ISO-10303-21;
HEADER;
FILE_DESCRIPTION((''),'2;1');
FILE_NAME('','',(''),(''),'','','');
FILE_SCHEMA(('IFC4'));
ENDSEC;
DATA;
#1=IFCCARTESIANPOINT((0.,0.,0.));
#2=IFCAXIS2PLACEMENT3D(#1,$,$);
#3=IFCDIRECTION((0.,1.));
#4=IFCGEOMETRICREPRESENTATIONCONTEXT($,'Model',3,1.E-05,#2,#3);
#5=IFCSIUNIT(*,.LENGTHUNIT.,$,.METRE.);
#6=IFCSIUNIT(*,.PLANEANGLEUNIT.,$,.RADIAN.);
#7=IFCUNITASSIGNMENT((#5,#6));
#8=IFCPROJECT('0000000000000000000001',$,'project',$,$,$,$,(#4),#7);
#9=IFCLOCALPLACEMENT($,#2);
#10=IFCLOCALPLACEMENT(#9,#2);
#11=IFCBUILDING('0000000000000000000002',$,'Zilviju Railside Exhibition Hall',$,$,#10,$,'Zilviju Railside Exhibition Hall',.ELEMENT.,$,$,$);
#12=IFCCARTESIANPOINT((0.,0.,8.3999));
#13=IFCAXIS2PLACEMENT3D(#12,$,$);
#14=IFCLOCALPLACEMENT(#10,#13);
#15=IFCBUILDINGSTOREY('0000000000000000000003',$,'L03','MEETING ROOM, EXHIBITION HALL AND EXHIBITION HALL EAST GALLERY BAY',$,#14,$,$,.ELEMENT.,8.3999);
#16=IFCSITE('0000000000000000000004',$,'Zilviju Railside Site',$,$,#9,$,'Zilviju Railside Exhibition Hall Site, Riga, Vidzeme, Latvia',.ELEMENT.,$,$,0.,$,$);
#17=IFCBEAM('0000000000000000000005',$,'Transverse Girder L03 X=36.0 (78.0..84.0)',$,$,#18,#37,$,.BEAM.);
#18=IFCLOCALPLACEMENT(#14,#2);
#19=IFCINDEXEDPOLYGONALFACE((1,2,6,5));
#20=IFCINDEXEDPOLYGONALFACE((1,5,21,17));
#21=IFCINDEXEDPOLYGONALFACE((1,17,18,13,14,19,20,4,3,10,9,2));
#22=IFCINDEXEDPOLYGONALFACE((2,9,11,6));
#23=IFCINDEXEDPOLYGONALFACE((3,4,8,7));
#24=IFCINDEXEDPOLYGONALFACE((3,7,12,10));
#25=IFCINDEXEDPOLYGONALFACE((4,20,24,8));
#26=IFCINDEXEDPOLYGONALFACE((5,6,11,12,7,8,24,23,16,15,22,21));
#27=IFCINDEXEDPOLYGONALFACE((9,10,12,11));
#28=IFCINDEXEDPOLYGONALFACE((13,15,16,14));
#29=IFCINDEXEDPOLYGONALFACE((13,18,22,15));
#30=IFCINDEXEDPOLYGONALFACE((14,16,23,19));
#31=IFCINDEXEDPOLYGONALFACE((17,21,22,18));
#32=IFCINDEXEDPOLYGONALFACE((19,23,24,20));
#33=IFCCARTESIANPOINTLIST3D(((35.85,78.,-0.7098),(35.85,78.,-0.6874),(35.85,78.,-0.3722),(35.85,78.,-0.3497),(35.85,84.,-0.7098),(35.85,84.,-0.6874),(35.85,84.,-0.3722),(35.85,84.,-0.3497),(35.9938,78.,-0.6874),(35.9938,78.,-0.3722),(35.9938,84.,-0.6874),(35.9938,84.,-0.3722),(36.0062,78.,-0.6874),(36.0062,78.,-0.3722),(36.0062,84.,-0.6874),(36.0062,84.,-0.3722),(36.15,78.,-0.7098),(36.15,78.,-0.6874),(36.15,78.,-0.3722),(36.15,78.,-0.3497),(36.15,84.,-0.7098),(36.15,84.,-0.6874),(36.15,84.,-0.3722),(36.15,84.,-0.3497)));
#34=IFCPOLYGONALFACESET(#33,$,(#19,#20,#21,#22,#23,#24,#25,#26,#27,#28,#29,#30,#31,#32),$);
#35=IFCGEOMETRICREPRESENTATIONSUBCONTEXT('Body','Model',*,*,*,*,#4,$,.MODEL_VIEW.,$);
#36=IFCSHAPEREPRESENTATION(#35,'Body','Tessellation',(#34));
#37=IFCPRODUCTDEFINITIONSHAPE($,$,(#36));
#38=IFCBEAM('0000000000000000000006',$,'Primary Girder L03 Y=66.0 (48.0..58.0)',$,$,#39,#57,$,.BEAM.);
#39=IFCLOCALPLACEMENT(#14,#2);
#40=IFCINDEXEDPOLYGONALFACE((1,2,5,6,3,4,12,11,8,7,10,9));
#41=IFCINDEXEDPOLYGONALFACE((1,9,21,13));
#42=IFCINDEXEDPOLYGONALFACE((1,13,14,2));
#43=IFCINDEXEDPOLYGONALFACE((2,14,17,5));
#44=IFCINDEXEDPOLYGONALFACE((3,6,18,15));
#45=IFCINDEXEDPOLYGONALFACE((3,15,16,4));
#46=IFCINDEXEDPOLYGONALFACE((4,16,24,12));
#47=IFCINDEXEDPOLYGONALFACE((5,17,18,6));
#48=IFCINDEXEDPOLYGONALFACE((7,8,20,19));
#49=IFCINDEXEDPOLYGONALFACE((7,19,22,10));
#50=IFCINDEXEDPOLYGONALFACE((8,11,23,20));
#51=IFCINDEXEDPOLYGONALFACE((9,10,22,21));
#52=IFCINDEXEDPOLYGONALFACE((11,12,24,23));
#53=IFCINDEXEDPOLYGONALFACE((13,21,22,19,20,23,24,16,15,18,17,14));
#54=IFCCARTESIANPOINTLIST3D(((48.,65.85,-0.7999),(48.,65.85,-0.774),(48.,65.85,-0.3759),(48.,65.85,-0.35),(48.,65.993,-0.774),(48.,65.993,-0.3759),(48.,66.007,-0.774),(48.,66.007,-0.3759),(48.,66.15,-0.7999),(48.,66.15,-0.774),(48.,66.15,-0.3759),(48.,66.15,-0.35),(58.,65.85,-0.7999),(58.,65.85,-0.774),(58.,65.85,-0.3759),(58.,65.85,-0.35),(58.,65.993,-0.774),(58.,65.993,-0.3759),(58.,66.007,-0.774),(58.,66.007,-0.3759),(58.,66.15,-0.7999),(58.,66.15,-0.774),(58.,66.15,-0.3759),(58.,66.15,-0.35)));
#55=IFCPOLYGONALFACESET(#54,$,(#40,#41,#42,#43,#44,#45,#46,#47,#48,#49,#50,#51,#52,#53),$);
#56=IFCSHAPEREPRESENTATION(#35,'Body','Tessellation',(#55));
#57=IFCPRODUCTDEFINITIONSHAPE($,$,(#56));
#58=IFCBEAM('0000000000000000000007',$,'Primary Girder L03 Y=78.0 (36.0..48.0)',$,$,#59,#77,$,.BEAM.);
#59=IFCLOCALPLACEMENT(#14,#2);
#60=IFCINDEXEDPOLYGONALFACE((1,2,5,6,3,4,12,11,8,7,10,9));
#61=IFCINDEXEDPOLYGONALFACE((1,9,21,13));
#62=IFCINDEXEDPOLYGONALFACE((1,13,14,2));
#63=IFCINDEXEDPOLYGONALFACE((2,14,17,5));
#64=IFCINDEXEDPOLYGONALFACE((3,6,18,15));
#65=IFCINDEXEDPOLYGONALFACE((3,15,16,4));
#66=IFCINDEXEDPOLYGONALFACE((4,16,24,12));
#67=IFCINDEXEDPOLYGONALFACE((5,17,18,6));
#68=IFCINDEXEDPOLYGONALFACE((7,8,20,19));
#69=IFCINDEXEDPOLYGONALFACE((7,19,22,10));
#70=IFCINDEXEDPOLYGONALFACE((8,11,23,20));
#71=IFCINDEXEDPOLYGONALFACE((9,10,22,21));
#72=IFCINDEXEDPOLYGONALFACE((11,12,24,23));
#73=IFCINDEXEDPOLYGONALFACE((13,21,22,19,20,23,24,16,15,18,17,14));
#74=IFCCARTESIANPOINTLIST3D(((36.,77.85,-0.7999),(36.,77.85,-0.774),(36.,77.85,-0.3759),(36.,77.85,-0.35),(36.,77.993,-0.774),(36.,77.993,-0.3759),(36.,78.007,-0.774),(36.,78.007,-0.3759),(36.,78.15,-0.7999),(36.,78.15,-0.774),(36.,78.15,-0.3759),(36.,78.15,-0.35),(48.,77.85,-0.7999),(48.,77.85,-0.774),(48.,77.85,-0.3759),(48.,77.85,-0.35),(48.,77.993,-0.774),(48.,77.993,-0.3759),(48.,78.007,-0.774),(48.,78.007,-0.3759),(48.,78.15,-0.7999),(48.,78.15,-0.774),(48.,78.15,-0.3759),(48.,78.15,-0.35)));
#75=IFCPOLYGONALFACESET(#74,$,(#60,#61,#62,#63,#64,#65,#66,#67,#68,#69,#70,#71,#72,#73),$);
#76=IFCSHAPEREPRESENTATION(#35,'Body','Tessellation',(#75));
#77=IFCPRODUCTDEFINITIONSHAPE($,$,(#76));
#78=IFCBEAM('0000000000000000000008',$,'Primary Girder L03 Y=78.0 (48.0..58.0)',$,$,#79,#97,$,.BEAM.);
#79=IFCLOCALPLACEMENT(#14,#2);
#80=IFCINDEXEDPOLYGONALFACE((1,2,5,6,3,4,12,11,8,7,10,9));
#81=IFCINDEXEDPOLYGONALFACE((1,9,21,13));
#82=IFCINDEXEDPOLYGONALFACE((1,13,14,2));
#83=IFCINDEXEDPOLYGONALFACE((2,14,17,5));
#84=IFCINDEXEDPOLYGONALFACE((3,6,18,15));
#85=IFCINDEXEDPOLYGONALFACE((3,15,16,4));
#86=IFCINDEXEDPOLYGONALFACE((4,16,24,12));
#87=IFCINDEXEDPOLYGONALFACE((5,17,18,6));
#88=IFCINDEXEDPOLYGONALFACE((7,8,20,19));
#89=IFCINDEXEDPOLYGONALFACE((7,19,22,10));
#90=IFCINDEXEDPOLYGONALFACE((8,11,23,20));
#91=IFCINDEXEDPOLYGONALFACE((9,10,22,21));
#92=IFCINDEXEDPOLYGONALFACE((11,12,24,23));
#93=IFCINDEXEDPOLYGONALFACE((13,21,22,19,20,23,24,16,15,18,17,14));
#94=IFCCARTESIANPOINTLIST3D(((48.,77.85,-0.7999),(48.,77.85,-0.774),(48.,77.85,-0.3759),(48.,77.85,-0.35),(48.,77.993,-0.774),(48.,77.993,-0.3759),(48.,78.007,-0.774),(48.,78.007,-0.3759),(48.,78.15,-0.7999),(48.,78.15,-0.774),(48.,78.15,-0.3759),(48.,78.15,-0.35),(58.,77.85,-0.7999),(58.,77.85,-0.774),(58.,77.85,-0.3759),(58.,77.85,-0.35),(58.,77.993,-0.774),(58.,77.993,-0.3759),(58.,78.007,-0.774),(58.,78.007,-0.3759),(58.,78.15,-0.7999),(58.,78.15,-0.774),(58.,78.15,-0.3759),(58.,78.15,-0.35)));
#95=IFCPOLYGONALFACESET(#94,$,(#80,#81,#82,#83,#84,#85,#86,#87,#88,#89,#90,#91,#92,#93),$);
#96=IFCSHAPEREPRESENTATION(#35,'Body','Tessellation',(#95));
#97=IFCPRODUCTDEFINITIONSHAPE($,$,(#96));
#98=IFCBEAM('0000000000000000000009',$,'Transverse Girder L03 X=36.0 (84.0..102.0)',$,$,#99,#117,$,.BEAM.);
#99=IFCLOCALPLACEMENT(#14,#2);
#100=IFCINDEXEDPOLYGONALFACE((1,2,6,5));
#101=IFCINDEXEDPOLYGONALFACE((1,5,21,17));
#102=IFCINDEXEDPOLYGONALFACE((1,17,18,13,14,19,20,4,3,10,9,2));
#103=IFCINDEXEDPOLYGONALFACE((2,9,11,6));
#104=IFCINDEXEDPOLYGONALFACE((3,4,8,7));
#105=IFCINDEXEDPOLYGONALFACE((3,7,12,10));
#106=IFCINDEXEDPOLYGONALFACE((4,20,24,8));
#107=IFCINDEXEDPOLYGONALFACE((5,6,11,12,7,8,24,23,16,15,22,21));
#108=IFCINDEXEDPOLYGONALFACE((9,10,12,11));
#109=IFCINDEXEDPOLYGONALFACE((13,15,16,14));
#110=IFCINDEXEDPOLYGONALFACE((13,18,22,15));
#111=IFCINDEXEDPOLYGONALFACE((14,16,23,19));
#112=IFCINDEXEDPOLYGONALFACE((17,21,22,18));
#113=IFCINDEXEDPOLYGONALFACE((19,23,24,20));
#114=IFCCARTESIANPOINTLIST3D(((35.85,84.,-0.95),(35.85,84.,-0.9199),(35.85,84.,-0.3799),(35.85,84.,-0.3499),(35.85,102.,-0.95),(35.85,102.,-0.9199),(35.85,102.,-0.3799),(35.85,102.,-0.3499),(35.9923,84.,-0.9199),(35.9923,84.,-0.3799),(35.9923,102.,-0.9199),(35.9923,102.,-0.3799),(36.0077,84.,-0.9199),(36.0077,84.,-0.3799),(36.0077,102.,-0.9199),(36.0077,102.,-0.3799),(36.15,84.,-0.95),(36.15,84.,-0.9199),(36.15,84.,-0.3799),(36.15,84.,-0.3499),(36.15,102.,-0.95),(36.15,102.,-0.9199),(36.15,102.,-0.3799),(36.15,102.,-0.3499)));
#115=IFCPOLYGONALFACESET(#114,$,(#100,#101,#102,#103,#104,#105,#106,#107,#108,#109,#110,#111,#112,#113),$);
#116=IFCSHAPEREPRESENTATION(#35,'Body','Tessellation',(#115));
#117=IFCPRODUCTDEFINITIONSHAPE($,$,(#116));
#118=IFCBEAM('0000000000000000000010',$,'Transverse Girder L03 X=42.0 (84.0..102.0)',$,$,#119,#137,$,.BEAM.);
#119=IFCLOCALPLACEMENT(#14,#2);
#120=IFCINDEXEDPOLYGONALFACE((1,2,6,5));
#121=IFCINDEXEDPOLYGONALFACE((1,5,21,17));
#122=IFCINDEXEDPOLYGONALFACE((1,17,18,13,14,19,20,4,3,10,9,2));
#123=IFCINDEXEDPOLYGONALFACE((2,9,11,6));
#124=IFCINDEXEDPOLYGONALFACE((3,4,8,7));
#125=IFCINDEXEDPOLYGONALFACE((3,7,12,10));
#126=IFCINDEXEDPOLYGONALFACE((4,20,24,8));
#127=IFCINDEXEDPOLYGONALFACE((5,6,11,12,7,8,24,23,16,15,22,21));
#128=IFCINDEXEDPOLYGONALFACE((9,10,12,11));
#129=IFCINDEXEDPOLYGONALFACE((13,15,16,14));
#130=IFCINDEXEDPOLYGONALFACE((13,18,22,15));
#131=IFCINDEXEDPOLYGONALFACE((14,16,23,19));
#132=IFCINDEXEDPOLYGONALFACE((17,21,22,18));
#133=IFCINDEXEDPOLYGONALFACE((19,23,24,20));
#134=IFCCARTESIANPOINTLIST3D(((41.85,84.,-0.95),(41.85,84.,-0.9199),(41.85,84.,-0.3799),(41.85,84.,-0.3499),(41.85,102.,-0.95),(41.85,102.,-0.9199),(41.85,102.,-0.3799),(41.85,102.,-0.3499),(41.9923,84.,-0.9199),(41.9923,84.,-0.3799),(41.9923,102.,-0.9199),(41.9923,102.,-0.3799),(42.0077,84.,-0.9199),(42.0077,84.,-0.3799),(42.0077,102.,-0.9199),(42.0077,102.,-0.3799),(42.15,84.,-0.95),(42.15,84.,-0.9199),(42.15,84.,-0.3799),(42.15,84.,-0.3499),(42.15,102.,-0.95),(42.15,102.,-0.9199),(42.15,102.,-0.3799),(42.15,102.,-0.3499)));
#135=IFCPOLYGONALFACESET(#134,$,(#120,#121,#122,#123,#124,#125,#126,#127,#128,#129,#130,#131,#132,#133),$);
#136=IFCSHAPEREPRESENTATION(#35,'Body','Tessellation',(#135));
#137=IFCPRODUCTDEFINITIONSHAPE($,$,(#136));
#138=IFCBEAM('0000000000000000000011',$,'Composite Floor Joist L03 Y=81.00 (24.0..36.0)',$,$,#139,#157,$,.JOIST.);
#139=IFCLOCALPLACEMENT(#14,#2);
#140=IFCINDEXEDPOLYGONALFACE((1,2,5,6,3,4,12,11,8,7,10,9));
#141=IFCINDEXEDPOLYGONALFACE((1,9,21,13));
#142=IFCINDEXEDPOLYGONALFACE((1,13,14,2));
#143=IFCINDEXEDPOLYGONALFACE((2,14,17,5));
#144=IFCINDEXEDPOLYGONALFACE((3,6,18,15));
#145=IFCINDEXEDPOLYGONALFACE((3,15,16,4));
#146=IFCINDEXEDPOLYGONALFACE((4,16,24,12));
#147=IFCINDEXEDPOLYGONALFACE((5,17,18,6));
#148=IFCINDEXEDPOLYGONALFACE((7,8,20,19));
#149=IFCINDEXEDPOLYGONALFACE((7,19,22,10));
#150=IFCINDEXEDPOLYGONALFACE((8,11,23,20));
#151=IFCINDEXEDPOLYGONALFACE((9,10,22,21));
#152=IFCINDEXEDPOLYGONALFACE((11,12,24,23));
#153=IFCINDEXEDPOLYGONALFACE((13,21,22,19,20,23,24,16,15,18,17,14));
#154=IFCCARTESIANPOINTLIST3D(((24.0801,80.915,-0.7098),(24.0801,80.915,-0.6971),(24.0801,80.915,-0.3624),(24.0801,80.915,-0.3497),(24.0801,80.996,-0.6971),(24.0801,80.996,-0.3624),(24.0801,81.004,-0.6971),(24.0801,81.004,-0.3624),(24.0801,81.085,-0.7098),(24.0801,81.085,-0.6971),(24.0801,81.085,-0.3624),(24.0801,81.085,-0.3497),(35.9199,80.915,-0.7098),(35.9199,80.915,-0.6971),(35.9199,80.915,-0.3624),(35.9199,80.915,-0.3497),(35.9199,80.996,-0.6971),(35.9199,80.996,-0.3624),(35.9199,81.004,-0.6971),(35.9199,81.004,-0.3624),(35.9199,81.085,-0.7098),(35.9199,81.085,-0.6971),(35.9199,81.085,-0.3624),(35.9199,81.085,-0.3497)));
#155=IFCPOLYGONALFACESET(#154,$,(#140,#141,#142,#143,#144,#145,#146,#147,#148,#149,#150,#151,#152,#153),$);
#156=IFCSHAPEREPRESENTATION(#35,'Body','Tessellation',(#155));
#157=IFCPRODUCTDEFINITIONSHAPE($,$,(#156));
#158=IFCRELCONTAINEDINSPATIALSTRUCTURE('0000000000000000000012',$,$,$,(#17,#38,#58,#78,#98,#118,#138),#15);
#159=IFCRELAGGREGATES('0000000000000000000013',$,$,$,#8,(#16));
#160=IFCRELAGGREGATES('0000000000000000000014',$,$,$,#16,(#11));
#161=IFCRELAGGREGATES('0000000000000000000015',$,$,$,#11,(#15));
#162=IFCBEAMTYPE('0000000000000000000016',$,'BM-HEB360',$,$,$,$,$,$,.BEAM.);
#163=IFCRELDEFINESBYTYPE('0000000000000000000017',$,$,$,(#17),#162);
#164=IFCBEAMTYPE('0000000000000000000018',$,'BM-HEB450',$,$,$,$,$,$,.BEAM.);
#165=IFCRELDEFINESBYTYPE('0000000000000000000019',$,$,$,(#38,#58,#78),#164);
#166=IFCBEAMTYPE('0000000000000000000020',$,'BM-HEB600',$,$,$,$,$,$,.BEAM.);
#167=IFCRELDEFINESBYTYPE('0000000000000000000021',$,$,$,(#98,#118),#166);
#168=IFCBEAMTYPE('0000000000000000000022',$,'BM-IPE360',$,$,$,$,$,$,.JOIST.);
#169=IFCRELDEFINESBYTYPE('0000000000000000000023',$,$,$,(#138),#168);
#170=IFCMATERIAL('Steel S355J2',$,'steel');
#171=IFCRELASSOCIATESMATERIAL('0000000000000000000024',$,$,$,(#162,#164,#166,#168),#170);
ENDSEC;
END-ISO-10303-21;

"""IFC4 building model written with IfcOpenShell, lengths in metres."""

from ifc_helpers import new_model, si_unit, direction, frame, origin, origin_2d, place, context, subcontext, project, spatial, i_section, extrude, material, material_profile, profile_set, type_object, element, save


model = new_model("IFC4")

# Units and contexts
model_context = context("Model", 3, precision=1e-05, world=origin(), true_north=direction((0.0, 1.0)))
body_context = subcontext(model_context, "Body", "Model", "MODEL_VIEW")
ifc_project = project(units=[si_unit("LENGTHUNIT", "METRE"), si_unit("PLANEANGLEUNIT", "RADIAN")], contexts=[model_context])

# Site, building, storey
site_placement = place(None, origin())
site = spatial("IfcSite", under=ifc_project, at=site_placement, Name="Zilviju Railside Site", LongName="Zilviju Railside Exhibition Hall Site, Riga, Vidzeme, Latvia", CompositionType="ELEMENT", RefElevation=0.0)
building_placement = place(site_placement, origin())
building = spatial("IfcBuilding", under=site, at=building_placement, Name="Zilviju Railside Exhibition Hall", LongName="Zilviju Railside Exhibition Hall", CompositionType="ELEMENT")
storey_placement = place(building_placement, frame((0.0, 0.0, 8.3999)))
storey = spatial("IfcBuildingStorey", under=building, at=storey_placement, Name="L03", Description="MEETING ROOM, EXHIBITION HALL AND EXHIBITION HALL EAST GALLERY BAY", CompositionType="ELEMENT", Elevation=8.3999)

# Shared definitions
ifc_material_1 = material(Name="Steel S355J2", Category="steel")

# Beams
ifc_material_profile_1 = material_profile(ifc_material_1, i_section(OverallWidth=0.3, OverallDepth=0.3601, WebThickness=0.0125, FlangeThickness=0.0225, at=origin_2d()), Name="HEB 360")
ifc_profile_set_1 = profile_set([ifc_material_profile_1], Name="Steel S355J2")
beam_type_1 = type_object("IfcBeamType", Name="BM-HEB360", PredefinedType="BEAM", material=ifc_profile_set_1)
beam_1_placement = place(storey_placement, frame((36.0, 78.0, -0.5298), z_axis=(0.0, 1.0, 0.0), x_axis=(-1.0, 0.0, 0.0)))
element("IfcBeam", 1, at=beam_1_placement, inside=storey, type_object=beam_type_1, Name="Transverse Girder L03 X=36.0 (78.0..84.0)", PredefinedType="BEAM", context=body_context, shape_type="SweptSolid", body=[
    extrude(i_section(OverallWidth=0.3, OverallDepth=0.3601, WebThickness=0.0125, FlangeThickness=0.0225, at=origin_2d()), origin(), (0.0, 0.0, 1.0), 6.0),
])
ifc_material_profile_2 = material_profile(ifc_material_1, i_section(OverallWidth=0.3, OverallDepth=0.45, WebThickness=0.0139, FlangeThickness=0.0259, at=origin_2d()), Name="HEB 450")
ifc_profile_set_2 = profile_set([ifc_material_profile_2], Name="Steel S355J2")
beam_type_2 = type_object("IfcBeamType", Name="BM-HEB450", PredefinedType="BEAM", material=ifc_profile_set_2)
beam_2_placement = place(storey_placement, frame((48.0, 66.0, -0.575), z_axis=(1.0, 0.0, 0.0), x_axis=(0.0, 1.0, 0.0)))
element("IfcBeam", 2, at=beam_2_placement, inside=storey, type_object=beam_type_2, Name="Primary Girder L03 Y=66.0 (48.0..58.0)", PredefinedType="BEAM", context=body_context, shape_type="SweptSolid", body=[
    extrude(i_section(OverallWidth=0.3, OverallDepth=0.45, WebThickness=0.0139, FlangeThickness=0.0259, at=origin_2d()), origin(), (0.0, 0.0, 1.0), 10.0),
])
beam_3_placement = place(storey_placement, frame((36.0, 78.0, -0.575), z_axis=(1.0, 0.0, 0.0), x_axis=(0.0, 1.0, 0.0)))
element("IfcBeam", 3, at=beam_3_placement, inside=storey, type_object=beam_type_2, Name="Primary Girder L03 Y=78.0 (36.0..48.0)", PredefinedType="BEAM", context=body_context, shape_type="SweptSolid", body=[
    extrude(i_section(OverallWidth=0.3, OverallDepth=0.45, WebThickness=0.0139, FlangeThickness=0.0259, at=origin_2d()), origin(), (0.0, 0.0, 1.0), 12.0),
])
beam_4_placement = place(storey_placement, frame((48.0, 78.0, -0.575), z_axis=(1.0, 0.0, 0.0), x_axis=(0.0, 1.0, 0.0)))
element("IfcBeam", 4, at=beam_4_placement, inside=storey, type_object=beam_type_2, Name="Primary Girder L03 Y=78.0 (48.0..58.0)", PredefinedType="BEAM", context=body_context, shape_type="SweptSolid", body=[
    extrude(i_section(OverallWidth=0.3, OverallDepth=0.45, WebThickness=0.0139, FlangeThickness=0.0259, at=origin_2d()), origin(), (0.0, 0.0, 1.0), 10.0),
])
ifc_material_profile_3 = material_profile(ifc_material_1, i_section(OverallWidth=0.3, OverallDepth=0.6001, WebThickness=0.0154, FlangeThickness=0.03, at=origin_2d()), Name="HEB 600")
ifc_profile_set_3 = profile_set([ifc_material_profile_3], Name="Steel S355J2")
beam_type_3 = type_object("IfcBeamType", Name="BM-HEB600", PredefinedType="BEAM", material=ifc_profile_set_3)
for number, where, z_axis, x_axis, name in (
    (5, (36.0, 84.0, -0.6499), (0.0, 1.0, 0.0), (-1.0, 0.0, 0.0), "Transverse Girder L03 X=36.0 (84.0..102.0)"),
    (6, (42.0, 84.0, -0.6499), (0.0, 1.0, 0.0), (-1.0, 0.0, 0.0), "Transverse Girder L03 X=42.0 (84.0..102.0)"),
):
    element("IfcBeam", number, at=place(storey_placement, frame(where, z_axis=z_axis, x_axis=x_axis)), inside=storey, type_object=beam_type_3, Name=name, PredefinedType="BEAM", context=body_context, shape_type="SweptSolid", body=[
        extrude(i_section(OverallWidth=0.3, OverallDepth=0.6001, WebThickness=0.0154, FlangeThickness=0.03, at=origin_2d()), origin(), (0.0, 0.0, 1.0), 18.0),
    ])
ifc_material_profile_4 = material_profile(ifc_material_1, i_section(OverallWidth=0.1699, OverallDepth=0.3601, WebThickness=0.0081, FlangeThickness=0.0127, at=origin_2d()), Name="IPE 360")
ifc_profile_set_4 = profile_set([ifc_material_profile_4], Name="Steel S355J2")
beam_type_4 = type_object("IfcBeamType", Name="BM-IPE360", PredefinedType="JOIST", material=ifc_profile_set_4)
beam_5_placement = place(storey_placement, frame((24.0801, 81.0, -0.5298), z_axis=(1.0, 0.0, 0.0), x_axis=(0.0, 1.0, 0.0)))
element("IfcBeam", 7, at=beam_5_placement, inside=storey, type_object=beam_type_4, Name="Composite Floor Joist L03 Y=81.00 (24.0..36.0)", PredefinedType="JOIST", context=body_context, shape_type="SweptSolid", body=[
    extrude(i_section(OverallWidth=0.1699, OverallDepth=0.3601, WebThickness=0.0081, FlangeThickness=0.0127, at=origin_2d()), origin(), (0.0, 0.0, 1.0), 11.8398),
])

save(model, "model.ifc")
